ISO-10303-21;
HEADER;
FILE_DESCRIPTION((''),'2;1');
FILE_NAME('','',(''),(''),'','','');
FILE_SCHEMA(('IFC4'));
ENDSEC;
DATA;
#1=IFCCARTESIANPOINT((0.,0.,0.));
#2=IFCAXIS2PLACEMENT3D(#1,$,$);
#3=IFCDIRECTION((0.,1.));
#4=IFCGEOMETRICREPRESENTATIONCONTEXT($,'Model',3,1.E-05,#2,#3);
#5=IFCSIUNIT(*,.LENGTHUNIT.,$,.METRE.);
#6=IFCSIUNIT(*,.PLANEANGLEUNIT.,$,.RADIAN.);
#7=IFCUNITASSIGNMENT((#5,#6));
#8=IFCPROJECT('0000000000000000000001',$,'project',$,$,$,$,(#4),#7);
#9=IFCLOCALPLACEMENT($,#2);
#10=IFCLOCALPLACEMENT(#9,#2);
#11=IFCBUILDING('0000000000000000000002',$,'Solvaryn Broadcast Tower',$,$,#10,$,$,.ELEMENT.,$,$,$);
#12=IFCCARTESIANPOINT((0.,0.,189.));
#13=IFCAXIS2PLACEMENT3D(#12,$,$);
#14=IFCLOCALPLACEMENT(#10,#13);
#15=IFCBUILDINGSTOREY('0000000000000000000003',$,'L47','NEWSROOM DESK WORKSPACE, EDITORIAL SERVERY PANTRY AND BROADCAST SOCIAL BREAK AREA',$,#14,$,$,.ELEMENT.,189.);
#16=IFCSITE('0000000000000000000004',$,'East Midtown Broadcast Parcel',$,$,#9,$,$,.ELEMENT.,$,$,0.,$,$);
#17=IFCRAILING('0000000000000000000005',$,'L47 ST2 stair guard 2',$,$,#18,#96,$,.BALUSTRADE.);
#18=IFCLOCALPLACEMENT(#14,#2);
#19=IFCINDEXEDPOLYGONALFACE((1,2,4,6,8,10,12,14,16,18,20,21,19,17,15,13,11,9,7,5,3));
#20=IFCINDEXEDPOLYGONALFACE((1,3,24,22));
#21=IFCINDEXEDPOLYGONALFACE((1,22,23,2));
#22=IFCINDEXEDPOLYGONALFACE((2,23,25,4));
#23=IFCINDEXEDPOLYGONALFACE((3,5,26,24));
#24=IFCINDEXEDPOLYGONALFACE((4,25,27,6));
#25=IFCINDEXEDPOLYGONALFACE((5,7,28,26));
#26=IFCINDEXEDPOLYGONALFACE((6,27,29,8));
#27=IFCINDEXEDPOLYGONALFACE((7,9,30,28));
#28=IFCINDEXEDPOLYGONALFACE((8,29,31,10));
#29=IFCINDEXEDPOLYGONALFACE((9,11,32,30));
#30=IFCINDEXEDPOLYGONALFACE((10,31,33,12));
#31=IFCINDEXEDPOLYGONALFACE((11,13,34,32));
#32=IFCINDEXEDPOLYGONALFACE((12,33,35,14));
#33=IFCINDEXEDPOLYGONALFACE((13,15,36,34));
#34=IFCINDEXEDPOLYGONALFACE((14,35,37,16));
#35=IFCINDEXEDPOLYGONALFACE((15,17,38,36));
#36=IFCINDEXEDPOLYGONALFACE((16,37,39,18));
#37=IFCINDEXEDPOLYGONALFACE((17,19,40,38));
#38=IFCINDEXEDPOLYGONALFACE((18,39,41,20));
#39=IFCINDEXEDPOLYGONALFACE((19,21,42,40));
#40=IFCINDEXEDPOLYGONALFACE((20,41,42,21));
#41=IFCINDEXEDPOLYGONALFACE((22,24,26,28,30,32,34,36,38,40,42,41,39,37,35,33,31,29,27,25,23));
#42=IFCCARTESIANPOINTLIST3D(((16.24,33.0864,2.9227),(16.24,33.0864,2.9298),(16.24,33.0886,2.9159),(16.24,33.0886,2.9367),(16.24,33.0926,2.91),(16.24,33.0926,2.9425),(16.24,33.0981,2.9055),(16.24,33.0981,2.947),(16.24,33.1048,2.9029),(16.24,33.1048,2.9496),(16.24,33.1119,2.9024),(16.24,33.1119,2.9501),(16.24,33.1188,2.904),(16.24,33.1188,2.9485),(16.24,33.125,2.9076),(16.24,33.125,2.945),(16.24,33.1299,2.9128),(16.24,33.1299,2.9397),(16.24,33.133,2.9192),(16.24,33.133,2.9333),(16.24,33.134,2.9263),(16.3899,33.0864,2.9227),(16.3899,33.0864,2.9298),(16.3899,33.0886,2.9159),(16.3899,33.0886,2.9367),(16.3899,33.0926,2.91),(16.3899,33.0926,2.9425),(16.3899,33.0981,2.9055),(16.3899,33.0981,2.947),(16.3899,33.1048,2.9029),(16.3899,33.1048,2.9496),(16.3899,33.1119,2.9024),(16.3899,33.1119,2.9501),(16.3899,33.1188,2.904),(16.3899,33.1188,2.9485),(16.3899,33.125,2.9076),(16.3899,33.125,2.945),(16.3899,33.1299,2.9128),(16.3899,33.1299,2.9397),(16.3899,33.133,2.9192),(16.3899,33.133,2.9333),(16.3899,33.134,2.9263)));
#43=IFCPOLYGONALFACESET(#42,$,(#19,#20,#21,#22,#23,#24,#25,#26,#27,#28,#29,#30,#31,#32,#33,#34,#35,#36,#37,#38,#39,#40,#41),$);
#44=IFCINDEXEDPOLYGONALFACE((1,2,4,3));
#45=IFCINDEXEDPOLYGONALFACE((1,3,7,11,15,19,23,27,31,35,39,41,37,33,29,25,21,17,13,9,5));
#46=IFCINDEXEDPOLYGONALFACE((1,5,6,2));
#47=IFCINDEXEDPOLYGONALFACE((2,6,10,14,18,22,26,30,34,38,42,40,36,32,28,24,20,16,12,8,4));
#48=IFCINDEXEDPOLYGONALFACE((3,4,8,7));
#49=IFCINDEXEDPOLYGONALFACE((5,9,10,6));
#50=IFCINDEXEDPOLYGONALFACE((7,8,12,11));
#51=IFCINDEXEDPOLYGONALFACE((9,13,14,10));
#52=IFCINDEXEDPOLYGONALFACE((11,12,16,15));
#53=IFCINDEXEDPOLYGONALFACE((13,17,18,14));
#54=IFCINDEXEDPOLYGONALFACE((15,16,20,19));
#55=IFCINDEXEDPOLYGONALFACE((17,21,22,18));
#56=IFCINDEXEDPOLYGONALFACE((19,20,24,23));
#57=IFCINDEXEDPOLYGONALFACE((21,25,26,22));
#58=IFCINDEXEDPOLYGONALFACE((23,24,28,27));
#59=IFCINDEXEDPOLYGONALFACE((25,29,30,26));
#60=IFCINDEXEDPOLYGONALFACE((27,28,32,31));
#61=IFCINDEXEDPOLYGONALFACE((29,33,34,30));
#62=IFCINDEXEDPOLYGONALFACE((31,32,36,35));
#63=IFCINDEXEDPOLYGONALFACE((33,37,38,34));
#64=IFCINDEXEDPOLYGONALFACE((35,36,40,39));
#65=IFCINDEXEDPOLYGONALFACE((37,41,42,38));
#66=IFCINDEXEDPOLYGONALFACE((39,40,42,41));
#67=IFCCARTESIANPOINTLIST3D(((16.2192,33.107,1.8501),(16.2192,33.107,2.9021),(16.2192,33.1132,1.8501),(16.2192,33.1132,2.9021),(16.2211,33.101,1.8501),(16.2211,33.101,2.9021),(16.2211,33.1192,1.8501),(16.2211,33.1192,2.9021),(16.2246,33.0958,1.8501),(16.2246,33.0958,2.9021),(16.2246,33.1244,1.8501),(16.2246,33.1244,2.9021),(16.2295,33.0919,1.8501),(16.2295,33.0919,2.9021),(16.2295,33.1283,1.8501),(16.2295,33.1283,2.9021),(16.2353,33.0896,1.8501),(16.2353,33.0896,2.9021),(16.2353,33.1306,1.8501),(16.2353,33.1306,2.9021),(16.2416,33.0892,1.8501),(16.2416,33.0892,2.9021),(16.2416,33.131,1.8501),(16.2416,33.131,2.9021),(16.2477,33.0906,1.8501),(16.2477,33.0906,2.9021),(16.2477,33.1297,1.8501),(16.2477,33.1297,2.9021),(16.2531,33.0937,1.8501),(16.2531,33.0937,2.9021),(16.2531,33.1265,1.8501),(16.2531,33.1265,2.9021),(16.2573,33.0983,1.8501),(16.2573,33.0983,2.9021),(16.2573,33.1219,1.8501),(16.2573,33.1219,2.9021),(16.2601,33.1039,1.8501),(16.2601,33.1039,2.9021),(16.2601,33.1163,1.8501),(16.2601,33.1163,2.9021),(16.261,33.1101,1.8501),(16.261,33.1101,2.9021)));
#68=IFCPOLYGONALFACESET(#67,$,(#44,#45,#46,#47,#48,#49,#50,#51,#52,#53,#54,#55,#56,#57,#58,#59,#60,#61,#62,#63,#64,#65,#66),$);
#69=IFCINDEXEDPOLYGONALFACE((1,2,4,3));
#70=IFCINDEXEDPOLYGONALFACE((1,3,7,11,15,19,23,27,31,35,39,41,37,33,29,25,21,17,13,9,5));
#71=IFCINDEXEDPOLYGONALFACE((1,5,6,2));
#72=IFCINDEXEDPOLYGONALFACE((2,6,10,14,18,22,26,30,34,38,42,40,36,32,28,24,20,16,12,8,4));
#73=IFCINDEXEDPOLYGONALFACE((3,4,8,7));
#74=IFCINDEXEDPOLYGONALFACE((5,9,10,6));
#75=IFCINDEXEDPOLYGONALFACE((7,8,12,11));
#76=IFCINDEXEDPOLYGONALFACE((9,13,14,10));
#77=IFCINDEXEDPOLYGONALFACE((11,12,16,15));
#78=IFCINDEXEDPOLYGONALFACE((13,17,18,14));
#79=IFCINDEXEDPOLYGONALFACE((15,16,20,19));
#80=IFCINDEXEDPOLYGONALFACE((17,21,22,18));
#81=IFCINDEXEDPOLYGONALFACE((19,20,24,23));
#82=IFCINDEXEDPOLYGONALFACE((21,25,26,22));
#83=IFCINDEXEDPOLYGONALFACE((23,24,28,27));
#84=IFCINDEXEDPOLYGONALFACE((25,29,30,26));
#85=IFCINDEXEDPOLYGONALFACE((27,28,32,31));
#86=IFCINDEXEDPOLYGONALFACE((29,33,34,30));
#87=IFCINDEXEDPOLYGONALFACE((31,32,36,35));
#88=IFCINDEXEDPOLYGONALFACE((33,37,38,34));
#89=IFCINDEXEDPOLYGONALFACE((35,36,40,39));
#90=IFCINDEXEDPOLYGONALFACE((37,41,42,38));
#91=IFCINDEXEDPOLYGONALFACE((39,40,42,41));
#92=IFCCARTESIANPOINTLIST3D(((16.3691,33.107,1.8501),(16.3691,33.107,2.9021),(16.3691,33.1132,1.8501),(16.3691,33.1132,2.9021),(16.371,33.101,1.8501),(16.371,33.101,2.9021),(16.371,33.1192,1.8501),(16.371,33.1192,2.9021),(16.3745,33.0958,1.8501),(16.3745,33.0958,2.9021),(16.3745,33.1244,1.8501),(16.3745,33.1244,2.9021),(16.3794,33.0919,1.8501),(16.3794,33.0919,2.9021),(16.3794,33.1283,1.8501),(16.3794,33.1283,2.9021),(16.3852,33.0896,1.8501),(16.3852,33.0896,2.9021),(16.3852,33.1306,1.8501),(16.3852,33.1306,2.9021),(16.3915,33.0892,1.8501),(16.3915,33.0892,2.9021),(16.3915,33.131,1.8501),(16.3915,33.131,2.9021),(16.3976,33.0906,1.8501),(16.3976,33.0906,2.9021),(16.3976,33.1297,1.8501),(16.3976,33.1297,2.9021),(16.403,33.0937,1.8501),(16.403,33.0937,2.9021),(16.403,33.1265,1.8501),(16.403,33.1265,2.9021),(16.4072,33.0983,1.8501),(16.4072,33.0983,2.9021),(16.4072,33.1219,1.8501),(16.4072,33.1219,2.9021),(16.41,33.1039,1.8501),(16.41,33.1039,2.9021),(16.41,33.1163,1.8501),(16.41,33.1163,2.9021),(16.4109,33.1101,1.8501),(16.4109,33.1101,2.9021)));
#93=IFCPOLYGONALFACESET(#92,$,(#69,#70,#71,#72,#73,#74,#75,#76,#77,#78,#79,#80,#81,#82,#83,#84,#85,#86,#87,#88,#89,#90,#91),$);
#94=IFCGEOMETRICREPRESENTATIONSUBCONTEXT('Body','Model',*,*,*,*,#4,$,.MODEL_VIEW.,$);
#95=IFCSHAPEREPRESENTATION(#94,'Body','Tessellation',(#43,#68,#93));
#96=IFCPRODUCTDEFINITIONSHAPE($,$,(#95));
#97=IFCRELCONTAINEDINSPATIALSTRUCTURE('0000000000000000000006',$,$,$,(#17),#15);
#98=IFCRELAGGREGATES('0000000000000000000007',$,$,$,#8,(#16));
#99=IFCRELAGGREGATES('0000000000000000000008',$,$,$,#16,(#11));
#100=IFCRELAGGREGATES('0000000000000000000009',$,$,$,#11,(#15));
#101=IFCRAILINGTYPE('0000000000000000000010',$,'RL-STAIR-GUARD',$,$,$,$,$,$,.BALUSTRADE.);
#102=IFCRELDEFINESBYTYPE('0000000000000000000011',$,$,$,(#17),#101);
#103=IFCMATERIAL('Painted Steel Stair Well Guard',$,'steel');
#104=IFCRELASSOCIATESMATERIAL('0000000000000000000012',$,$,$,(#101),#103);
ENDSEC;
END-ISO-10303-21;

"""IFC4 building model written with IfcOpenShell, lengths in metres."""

from ifc_helpers import new_model, si_unit, direction, frame, origin, origin_2d, place, context, subcontext, project, spatial, circle, extrude, material, type_object, element, save


model = new_model("IFC4")

# Units and contexts
model_context = context("Model", 3, precision=1e-05, world=origin(), true_north=direction((0.0, 1.0)))
body_context = subcontext(model_context, "Body", "Model", "MODEL_VIEW")
ifc_project = project(units=[si_unit("LENGTHUNIT", "METRE"), si_unit("PLANEANGLEUNIT", "RADIAN")], contexts=[model_context])

# Site, building, storey
site_placement = place(None, origin())
site = spatial("IfcSite", under=ifc_project, at=site_placement, Name="East Midtown Broadcast Parcel", CompositionType="ELEMENT", RefElevation=0.0)
building_placement = place(site_placement, origin())
building = spatial("IfcBuilding", under=site, at=building_placement, Name="Solvaryn Broadcast Tower", CompositionType="ELEMENT")
storey_placement = place(building_placement, frame((0.0, 0.0, 189.0)))
storey = spatial("IfcBuildingStorey", under=building, at=storey_placement, Name="L47", Description="NEWSROOM DESK WORKSPACE, EDITORIAL SERVERY PANTRY AND BROADCAST SOCIAL BREAK AREA", CompositionType="ELEMENT", Elevation=189.0)

# Railing
ifc_material_1 = material(Name="Painted Steel Stair Well Guard", Category="steel")
railing_type_1 = type_object("IfcRailingType", Name="RL-STAIR-GUARD", PredefinedType="BALUSTRADE", material=ifc_material_1)
railing_1_placement = place(storey_placement, frame((16.24, 33.1101, 1.8501)))
element("IfcRailing", 1, at=railing_1_placement, inside=storey, type_object=railing_type_1, Name="L47 ST2 stair guard 2", PredefinedType="BALUSTRADE", context=body_context, shape_type="SweptSolid", body=[
    extrude(circle(Radius=0.0239, at=origin_2d()), frame((0.0, 0.0, 1.0762), z_axis=(1.0, 0.0, 0.0), x_axis=(0.0, 1.0, 0.0)), (0.0, 0.0, 1.0), 0.1499),
    extrude(circle(Radius=0.021, at=origin_2d()), origin(), (0.0, 0.0, 1.0), 1.052),
    extrude(circle(Radius=0.021, at=origin_2d()), frame((0.1499, 0.0, 0.0)), (0.0, 0.0, 1.0), 1.052),
])

save(model, "model.ifc")
